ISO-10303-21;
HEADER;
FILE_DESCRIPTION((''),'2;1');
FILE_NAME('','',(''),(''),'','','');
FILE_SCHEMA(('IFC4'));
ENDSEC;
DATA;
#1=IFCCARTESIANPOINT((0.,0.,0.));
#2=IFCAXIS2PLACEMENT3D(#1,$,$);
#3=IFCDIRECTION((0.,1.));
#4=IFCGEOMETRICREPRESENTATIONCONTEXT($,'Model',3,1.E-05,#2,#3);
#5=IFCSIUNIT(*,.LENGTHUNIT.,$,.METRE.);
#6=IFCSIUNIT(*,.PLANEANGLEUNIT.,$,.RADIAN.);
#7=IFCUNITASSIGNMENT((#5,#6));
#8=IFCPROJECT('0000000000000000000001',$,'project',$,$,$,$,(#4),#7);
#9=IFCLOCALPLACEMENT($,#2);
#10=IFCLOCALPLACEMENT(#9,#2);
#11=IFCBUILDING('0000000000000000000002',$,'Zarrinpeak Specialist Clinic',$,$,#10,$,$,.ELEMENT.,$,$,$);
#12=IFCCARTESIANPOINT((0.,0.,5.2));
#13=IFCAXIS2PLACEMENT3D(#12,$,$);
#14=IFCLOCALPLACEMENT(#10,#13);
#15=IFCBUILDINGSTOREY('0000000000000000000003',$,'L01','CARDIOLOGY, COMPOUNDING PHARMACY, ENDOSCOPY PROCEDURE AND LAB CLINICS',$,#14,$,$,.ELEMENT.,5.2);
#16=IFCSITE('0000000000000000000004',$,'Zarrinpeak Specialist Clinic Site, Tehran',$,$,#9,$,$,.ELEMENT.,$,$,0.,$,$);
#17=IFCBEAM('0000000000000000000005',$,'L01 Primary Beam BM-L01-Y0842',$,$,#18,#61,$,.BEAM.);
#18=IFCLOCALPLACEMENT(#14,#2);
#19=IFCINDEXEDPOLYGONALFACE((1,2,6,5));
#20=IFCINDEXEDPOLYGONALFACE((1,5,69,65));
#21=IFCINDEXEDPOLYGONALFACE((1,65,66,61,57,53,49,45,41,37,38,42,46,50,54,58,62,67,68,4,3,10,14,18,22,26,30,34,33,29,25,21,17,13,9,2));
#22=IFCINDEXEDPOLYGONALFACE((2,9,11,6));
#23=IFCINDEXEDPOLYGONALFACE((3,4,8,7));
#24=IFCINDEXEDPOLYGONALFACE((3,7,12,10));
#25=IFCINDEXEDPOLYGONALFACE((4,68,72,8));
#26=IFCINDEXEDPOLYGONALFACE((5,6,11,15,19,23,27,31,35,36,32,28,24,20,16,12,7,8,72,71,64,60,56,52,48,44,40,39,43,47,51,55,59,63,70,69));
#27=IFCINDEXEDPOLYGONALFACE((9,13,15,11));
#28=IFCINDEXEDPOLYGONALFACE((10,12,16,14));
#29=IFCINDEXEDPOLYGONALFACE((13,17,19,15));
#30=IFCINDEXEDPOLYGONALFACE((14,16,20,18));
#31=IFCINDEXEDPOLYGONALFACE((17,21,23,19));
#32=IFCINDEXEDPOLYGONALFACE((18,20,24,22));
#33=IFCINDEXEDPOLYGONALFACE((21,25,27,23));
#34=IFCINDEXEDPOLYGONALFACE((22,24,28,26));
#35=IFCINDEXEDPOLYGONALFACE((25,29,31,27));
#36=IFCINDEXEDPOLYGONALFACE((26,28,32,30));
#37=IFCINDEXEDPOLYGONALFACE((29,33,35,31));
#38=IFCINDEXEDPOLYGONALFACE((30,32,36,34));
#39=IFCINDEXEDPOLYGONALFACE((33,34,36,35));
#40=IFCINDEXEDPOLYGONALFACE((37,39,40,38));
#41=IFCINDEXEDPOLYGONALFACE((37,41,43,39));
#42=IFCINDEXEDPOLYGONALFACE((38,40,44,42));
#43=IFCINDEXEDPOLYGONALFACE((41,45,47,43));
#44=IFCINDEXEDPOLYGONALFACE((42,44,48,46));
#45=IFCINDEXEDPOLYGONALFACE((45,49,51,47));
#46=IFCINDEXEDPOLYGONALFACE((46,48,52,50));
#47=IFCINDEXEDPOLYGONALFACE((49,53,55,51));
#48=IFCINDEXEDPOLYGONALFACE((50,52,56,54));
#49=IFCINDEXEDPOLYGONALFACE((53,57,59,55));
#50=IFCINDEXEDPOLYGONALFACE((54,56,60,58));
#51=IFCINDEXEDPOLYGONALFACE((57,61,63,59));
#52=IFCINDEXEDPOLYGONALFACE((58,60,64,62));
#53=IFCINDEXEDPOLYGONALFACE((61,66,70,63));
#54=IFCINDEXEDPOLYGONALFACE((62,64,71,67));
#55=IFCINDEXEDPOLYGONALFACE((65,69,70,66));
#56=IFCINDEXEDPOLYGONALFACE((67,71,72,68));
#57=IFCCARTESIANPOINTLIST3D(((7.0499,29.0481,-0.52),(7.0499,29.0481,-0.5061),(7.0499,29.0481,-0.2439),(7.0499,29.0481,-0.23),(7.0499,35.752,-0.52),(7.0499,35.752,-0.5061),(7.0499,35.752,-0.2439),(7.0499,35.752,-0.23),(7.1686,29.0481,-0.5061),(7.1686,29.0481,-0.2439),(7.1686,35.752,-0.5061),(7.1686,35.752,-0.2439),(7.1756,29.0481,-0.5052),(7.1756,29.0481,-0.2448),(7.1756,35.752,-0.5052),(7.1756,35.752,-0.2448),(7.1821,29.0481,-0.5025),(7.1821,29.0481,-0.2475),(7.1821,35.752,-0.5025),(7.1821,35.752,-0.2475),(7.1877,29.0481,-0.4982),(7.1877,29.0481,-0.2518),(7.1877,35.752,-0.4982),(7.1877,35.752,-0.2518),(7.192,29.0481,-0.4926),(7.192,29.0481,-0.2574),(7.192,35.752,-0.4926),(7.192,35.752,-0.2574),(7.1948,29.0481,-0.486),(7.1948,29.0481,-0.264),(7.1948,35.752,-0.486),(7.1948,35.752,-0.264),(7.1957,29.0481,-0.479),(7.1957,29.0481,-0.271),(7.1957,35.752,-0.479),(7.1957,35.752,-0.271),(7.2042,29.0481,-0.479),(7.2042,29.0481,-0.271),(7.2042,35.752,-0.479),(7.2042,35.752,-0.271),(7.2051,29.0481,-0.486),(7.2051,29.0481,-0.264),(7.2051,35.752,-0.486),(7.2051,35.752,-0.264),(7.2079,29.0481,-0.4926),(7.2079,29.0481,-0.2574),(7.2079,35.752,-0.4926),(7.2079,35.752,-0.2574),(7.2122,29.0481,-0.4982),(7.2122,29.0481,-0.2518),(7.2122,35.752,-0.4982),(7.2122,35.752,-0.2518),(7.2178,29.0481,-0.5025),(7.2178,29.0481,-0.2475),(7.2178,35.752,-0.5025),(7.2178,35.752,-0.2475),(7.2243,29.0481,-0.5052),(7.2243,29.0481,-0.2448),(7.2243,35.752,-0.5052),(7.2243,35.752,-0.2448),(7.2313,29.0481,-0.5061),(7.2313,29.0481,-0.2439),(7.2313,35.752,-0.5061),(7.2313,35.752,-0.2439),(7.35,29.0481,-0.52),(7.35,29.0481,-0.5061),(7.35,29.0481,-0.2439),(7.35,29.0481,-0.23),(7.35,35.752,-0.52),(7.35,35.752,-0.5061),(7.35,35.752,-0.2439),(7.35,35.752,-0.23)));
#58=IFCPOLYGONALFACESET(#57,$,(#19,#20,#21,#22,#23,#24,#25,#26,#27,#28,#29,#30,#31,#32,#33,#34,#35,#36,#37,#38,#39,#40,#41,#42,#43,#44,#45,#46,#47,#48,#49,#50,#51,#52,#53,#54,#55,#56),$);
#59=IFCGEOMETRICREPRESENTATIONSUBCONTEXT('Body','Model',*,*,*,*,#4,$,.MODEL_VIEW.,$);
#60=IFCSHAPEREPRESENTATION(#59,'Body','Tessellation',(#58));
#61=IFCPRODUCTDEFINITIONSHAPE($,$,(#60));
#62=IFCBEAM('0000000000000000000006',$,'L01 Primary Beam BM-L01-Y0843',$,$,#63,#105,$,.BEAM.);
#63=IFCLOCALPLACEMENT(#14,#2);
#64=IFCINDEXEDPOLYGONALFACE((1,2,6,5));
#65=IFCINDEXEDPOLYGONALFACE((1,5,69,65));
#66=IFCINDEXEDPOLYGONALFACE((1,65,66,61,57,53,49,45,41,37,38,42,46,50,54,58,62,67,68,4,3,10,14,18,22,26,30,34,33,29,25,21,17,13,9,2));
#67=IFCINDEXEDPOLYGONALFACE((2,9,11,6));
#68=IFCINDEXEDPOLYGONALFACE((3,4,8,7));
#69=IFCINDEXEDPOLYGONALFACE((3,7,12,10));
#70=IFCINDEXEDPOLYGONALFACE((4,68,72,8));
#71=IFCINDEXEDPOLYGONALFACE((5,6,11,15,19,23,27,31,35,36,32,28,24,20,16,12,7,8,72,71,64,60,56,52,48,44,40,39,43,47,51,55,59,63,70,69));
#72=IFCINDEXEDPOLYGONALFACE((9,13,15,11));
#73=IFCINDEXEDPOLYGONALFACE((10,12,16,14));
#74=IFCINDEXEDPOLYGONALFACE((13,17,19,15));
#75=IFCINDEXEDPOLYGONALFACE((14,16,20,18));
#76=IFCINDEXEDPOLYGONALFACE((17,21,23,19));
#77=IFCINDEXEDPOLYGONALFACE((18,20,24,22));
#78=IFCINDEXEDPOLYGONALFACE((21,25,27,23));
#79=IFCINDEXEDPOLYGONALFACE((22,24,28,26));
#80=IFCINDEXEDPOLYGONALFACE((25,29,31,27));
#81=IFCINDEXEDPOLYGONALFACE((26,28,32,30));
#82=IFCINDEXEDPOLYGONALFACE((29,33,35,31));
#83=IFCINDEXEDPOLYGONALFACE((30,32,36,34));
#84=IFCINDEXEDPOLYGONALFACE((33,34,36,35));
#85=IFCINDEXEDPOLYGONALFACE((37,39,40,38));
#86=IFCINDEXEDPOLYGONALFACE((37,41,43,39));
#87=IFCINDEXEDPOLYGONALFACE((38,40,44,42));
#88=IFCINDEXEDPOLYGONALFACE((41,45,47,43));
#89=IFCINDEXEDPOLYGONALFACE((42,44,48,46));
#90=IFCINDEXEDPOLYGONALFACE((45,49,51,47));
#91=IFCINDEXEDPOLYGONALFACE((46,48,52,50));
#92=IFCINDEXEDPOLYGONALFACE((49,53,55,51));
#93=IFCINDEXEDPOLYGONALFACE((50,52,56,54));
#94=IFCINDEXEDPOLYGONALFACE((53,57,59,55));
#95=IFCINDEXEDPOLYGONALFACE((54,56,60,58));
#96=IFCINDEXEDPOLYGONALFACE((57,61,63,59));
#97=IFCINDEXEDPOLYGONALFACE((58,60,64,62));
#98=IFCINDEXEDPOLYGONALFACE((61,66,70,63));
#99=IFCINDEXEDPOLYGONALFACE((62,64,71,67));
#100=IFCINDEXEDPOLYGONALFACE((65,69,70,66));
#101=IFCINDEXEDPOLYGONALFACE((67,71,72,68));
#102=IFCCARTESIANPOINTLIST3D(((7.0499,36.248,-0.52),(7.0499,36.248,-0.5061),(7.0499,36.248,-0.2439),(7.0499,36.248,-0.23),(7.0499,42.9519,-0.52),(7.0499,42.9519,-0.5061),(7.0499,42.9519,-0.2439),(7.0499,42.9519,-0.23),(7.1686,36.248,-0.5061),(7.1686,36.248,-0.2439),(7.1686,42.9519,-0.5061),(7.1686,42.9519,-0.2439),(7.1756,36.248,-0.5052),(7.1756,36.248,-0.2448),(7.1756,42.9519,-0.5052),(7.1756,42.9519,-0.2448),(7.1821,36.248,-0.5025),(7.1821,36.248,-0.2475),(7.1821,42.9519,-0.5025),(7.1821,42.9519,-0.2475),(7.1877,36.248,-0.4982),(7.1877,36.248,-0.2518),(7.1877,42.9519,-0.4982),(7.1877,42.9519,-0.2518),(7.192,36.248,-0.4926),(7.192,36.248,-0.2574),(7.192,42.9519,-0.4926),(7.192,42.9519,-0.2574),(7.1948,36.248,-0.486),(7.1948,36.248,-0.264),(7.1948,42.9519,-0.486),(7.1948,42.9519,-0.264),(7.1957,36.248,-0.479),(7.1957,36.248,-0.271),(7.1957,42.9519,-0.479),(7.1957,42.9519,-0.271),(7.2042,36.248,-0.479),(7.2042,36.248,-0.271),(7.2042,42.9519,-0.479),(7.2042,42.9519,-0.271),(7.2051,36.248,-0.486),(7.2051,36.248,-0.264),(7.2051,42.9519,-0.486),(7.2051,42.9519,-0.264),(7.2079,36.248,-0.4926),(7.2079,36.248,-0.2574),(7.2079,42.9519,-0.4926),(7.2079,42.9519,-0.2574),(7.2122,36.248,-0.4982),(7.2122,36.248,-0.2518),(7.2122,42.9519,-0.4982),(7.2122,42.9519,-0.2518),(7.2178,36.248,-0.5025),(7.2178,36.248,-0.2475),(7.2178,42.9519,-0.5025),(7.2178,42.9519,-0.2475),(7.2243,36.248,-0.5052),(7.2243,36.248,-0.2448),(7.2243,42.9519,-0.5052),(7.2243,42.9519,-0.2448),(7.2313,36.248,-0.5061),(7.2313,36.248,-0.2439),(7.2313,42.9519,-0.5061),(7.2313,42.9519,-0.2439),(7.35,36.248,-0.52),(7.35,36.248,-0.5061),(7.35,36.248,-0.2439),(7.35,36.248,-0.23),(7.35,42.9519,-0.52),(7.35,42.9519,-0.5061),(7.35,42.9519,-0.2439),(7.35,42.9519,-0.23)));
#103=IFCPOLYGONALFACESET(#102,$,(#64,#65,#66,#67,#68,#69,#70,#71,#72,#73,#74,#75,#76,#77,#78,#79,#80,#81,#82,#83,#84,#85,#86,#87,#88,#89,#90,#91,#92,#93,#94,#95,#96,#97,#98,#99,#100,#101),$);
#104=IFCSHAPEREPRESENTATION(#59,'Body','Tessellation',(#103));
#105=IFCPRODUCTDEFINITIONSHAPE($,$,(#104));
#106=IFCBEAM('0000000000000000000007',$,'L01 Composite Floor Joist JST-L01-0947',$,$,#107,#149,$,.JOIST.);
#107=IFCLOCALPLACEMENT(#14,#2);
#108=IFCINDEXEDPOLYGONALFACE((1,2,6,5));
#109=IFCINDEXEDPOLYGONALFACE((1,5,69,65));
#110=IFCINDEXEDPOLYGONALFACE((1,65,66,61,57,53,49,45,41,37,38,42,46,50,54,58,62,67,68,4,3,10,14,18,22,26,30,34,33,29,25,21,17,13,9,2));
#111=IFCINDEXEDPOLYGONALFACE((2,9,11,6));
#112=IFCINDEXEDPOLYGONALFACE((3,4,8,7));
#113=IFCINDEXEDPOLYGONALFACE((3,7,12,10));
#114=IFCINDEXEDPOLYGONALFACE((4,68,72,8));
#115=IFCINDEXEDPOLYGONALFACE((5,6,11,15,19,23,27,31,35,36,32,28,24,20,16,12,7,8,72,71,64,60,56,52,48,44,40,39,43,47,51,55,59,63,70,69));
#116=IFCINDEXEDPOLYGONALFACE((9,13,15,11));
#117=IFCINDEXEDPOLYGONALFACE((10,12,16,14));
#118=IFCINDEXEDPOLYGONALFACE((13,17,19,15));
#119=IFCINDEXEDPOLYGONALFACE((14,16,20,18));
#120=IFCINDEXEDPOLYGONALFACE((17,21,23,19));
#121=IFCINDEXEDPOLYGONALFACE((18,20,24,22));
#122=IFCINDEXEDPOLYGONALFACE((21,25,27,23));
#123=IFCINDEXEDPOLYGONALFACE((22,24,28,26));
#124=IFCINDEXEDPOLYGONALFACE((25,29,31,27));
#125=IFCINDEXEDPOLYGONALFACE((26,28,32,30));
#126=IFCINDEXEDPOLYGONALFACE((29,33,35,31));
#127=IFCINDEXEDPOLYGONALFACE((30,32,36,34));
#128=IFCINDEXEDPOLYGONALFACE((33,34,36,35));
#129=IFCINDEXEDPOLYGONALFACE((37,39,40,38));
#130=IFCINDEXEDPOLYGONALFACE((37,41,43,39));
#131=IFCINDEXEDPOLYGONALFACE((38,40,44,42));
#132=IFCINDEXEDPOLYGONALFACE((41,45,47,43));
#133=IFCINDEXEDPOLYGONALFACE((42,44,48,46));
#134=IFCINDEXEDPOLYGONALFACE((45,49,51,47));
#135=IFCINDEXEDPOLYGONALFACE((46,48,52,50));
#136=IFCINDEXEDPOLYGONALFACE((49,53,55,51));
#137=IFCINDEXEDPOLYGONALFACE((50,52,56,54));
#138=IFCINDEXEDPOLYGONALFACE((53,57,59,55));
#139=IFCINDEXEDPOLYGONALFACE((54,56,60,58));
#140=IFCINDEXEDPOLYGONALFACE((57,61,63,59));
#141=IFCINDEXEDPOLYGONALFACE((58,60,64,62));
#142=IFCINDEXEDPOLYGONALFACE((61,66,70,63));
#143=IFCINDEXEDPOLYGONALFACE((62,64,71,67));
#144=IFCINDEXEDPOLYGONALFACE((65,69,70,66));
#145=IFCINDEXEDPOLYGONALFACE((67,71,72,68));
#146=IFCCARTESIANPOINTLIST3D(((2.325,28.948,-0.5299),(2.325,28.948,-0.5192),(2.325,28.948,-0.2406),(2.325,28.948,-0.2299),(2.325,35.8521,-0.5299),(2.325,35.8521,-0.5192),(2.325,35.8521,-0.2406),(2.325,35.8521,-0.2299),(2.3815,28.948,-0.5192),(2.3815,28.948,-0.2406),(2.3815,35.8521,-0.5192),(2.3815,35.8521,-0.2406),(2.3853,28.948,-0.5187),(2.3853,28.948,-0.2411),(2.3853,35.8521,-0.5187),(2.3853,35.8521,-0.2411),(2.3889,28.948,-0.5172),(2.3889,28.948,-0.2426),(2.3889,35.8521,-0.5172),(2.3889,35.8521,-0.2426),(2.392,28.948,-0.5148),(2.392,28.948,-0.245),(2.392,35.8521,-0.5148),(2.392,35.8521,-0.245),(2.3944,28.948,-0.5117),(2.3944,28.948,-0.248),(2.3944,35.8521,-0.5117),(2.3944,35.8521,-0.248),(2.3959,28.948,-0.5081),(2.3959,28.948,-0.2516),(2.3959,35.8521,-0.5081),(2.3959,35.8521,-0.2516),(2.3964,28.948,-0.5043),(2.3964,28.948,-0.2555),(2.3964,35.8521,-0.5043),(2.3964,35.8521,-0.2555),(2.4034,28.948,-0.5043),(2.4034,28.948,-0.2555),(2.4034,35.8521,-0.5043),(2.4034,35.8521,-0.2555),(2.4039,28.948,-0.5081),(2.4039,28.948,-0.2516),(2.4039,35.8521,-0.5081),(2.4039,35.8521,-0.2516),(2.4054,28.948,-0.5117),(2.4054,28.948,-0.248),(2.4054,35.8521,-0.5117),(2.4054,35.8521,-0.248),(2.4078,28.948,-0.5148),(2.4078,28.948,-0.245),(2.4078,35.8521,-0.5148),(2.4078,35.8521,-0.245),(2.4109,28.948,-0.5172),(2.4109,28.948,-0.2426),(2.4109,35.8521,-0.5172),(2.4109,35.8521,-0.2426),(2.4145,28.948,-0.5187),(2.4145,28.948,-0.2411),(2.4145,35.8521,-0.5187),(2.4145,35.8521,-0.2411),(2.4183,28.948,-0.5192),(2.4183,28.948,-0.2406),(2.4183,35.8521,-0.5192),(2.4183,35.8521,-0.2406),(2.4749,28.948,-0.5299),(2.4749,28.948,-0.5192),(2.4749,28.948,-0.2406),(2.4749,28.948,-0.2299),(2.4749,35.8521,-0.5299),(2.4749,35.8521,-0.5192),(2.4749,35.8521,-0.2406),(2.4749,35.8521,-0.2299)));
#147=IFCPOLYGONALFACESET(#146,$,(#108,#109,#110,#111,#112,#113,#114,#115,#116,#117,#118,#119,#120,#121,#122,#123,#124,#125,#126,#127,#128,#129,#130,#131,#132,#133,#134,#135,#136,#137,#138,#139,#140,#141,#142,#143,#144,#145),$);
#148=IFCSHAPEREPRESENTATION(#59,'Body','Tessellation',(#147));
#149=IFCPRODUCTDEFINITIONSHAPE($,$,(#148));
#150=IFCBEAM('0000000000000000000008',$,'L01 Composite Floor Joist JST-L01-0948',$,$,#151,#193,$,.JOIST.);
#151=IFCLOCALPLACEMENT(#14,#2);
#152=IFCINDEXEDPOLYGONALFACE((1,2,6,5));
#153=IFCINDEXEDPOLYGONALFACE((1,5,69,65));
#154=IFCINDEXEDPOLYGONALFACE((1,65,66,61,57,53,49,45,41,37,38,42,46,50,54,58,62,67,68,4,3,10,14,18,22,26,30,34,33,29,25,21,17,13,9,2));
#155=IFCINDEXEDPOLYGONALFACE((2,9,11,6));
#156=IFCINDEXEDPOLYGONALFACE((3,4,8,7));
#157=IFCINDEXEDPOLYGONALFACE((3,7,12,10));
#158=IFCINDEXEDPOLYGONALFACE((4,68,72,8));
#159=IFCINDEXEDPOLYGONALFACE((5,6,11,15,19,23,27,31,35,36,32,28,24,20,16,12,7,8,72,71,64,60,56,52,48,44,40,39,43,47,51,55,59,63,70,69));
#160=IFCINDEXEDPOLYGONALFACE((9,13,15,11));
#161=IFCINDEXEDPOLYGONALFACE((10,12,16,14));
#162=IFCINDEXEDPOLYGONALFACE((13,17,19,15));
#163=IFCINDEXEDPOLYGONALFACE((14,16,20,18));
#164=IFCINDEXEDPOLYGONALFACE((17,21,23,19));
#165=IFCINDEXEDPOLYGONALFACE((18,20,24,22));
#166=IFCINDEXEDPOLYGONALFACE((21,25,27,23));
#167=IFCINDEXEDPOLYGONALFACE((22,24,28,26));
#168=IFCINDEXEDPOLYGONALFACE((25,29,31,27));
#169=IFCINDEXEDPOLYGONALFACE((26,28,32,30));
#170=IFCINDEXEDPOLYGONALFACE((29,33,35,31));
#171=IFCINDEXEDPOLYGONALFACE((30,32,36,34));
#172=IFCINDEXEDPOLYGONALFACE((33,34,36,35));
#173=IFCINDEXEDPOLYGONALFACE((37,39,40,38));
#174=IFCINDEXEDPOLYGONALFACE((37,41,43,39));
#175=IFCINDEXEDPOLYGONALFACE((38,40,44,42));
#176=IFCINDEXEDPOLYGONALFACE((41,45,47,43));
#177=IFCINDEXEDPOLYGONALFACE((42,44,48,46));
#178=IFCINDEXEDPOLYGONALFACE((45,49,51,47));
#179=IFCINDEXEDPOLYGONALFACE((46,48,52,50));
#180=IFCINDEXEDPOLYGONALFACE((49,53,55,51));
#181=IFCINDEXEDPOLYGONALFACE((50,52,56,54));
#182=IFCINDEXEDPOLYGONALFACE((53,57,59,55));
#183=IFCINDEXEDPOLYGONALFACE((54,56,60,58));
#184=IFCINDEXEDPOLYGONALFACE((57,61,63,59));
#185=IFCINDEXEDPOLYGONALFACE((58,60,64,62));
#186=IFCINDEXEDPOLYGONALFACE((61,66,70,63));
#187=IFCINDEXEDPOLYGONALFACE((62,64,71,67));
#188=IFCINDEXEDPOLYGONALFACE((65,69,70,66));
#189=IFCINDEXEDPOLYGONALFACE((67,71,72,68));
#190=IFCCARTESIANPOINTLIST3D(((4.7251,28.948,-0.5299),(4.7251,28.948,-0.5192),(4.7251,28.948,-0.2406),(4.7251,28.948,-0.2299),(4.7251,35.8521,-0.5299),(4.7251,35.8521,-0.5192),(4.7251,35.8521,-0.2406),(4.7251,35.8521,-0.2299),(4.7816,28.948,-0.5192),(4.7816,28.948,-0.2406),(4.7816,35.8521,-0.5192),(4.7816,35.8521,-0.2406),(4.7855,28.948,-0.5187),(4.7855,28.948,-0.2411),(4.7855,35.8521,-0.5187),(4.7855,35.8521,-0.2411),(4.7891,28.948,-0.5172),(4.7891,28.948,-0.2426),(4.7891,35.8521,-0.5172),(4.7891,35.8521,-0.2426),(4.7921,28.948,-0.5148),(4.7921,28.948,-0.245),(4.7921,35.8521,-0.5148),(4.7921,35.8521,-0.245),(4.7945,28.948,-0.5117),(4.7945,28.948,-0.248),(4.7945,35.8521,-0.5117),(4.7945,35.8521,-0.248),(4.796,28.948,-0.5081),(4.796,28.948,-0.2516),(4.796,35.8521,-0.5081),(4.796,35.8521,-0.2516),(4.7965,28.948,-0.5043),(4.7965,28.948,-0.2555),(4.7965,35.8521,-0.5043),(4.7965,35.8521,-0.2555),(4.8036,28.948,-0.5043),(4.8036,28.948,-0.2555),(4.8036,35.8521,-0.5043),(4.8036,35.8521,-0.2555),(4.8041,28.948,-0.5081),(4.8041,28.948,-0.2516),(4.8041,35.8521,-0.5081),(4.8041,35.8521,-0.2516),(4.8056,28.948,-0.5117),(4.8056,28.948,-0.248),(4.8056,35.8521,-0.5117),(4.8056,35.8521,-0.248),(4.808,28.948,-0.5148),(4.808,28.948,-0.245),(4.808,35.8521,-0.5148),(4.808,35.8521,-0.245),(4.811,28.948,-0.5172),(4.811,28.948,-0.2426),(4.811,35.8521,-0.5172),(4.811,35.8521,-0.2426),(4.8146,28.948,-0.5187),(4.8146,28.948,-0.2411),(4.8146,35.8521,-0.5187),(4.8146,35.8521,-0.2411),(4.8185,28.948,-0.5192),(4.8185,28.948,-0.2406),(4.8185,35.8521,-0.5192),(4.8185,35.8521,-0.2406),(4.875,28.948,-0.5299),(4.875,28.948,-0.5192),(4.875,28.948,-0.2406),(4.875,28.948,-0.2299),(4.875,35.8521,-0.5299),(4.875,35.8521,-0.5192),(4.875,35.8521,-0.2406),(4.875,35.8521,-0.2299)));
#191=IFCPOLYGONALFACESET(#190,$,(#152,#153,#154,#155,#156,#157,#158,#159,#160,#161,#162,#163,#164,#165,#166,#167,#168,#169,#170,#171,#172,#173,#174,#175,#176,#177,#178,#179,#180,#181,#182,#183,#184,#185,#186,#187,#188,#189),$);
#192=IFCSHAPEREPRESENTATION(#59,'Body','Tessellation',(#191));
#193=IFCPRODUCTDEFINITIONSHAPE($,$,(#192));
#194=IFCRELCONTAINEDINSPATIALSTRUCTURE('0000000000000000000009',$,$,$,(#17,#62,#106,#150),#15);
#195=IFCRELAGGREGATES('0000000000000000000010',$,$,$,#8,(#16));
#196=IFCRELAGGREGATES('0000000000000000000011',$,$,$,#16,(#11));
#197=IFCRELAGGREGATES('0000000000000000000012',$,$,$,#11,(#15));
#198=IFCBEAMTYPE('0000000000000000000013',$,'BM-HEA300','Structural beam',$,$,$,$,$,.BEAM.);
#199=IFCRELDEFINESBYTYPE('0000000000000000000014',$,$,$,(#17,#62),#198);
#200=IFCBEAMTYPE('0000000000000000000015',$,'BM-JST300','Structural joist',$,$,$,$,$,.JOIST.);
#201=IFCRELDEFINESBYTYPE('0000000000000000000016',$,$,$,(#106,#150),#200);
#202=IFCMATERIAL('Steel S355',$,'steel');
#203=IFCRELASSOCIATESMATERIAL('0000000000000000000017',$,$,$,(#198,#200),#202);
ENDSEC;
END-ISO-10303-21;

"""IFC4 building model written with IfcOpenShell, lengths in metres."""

from ifc_helpers import new_model, si_unit, direction, frame, origin, origin_2d, place, context, subcontext, project, spatial, i_section, extrude, material, material_profile, profile_set, type_object, element, save


model = new_model("IFC4")

# Units and contexts
model_context = context("Model", 3, precision=1e-05, world=origin(), true_north=direction((0.0, 1.0)))
body_context = subcontext(model_context, "Body", "Model", "MODEL_VIEW")
ifc_project = project(units=[si_unit("LENGTHUNIT", "METRE"), si_unit("PLANEANGLEUNIT", "RADIAN")], contexts=[model_context])

# Site, building, storey
site_placement = place(None, origin())
site = spatial("IfcSite", under=ifc_project, at=site_placement, Name="Zarrinpeak Specialist Clinic Site, Tehran", CompositionType="ELEMENT", RefElevation=0.0)
building_placement = place(site_placement, origin())
building = spatial("IfcBuilding", under=site, at=building_placement, Name="Zarrinpeak Specialist Clinic", CompositionType="ELEMENT")
storey_placement = place(building_placement, frame((0.0, 0.0, 5.2)))
storey = spatial("IfcBuildingStorey", under=building, at=storey_placement, Name="L01", Description="CARDIOLOGY, COMPOUNDING PHARMACY, ENDOSCOPY PROCEDURE AND LAB CLINICS", CompositionType="ELEMENT", Elevation=5.2)

# Shared definitions
ifc_material_1 = material(Name="Steel S355", Category="steel")

# Beams
ifc_material_profile_1 = material_profile(ifc_material_1, i_section(OverallWidth=0.3, OverallDepth=0.29, WebThickness=0.0085, FlangeThickness=0.0139, FilletRadius=0.0271, at=origin_2d()), Name="HEA 300")
ifc_profile_set_1 = profile_set([ifc_material_profile_1], Name="Steel S355")
beam_type_1 = type_object("IfcBeamType", Name="BM-HEA300", Description="Structural beam", PredefinedType="BEAM", material=ifc_profile_set_1)
for number, where, z_axis, x_axis, name in (
    (1, (7.2, 29.0481, -0.375), (0.0, 1.0, 0.0), (-1.0, 0.0, 0.0), "L01 Primary Beam BM-L01-Y0842"),
    (2, (7.2, 36.248, -0.375), (0.0, 1.0, 0.0), (-1.0, 0.0, 0.0), "L01 Primary Beam BM-L01-Y0843"),
):
    element("IfcBeam", number, at=place(storey_placement, frame(where, z_axis=z_axis, x_axis=x_axis)), inside=storey, type_object=beam_type_1, Name=name, PredefinedType="BEAM", context=body_context, shape_type="SweptSolid", body=[
        extrude(i_section(OverallWidth=0.3, OverallDepth=0.29, WebThickness=0.0085, FlangeThickness=0.0139, FilletRadius=0.0271, at=origin_2d()), origin(), (0.0, 0.0, 1.0), 6.7039),
    ])
ifc_material_profile_2 = material_profile(ifc_material_1, i_section(OverallWidth=0.1499, OverallDepth=0.3, WebThickness=0.0071, FlangeThickness=0.0107, FilletRadius=0.0149, at=origin_2d()), Name="IPE 300")
ifc_profile_set_2 = profile_set([ifc_material_profile_2], Name="Steel S355")
beam_type_2 = type_object("IfcBeamType", Name="BM-JST300", Description="Structural joist", PredefinedType="JOIST", material=ifc_profile_set_2)
for number, where, z_axis, x_axis, name in (
    (3, (2.3999, 28.948, -0.3799), (0.0, 1.0, 0.0), (-1.0, 0.0, 0.0), "L01 Composite Floor Joist JST-L01-0947"),
    (4, (4.8, 28.948, -0.3799), (0.0, 1.0, 0.0), (-1.0, 0.0, 0.0), "L01 Composite Floor Joist JST-L01-0948"),
):
    element("IfcBeam", number, at=place(storey_placement, frame(where, z_axis=z_axis, x_axis=x_axis)), inside=storey, type_object=beam_type_2, Name=name, PredefinedType="JOIST", context=body_context, shape_type="SweptSolid", body=[
        extrude(i_section(OverallWidth=0.1499, OverallDepth=0.3, WebThickness=0.0071, FlangeThickness=0.0107, FilletRadius=0.0149, at=origin_2d()), origin(), (0.0, 0.0, 1.0), 6.9041),
    ])

save(model, "model.ifc")
